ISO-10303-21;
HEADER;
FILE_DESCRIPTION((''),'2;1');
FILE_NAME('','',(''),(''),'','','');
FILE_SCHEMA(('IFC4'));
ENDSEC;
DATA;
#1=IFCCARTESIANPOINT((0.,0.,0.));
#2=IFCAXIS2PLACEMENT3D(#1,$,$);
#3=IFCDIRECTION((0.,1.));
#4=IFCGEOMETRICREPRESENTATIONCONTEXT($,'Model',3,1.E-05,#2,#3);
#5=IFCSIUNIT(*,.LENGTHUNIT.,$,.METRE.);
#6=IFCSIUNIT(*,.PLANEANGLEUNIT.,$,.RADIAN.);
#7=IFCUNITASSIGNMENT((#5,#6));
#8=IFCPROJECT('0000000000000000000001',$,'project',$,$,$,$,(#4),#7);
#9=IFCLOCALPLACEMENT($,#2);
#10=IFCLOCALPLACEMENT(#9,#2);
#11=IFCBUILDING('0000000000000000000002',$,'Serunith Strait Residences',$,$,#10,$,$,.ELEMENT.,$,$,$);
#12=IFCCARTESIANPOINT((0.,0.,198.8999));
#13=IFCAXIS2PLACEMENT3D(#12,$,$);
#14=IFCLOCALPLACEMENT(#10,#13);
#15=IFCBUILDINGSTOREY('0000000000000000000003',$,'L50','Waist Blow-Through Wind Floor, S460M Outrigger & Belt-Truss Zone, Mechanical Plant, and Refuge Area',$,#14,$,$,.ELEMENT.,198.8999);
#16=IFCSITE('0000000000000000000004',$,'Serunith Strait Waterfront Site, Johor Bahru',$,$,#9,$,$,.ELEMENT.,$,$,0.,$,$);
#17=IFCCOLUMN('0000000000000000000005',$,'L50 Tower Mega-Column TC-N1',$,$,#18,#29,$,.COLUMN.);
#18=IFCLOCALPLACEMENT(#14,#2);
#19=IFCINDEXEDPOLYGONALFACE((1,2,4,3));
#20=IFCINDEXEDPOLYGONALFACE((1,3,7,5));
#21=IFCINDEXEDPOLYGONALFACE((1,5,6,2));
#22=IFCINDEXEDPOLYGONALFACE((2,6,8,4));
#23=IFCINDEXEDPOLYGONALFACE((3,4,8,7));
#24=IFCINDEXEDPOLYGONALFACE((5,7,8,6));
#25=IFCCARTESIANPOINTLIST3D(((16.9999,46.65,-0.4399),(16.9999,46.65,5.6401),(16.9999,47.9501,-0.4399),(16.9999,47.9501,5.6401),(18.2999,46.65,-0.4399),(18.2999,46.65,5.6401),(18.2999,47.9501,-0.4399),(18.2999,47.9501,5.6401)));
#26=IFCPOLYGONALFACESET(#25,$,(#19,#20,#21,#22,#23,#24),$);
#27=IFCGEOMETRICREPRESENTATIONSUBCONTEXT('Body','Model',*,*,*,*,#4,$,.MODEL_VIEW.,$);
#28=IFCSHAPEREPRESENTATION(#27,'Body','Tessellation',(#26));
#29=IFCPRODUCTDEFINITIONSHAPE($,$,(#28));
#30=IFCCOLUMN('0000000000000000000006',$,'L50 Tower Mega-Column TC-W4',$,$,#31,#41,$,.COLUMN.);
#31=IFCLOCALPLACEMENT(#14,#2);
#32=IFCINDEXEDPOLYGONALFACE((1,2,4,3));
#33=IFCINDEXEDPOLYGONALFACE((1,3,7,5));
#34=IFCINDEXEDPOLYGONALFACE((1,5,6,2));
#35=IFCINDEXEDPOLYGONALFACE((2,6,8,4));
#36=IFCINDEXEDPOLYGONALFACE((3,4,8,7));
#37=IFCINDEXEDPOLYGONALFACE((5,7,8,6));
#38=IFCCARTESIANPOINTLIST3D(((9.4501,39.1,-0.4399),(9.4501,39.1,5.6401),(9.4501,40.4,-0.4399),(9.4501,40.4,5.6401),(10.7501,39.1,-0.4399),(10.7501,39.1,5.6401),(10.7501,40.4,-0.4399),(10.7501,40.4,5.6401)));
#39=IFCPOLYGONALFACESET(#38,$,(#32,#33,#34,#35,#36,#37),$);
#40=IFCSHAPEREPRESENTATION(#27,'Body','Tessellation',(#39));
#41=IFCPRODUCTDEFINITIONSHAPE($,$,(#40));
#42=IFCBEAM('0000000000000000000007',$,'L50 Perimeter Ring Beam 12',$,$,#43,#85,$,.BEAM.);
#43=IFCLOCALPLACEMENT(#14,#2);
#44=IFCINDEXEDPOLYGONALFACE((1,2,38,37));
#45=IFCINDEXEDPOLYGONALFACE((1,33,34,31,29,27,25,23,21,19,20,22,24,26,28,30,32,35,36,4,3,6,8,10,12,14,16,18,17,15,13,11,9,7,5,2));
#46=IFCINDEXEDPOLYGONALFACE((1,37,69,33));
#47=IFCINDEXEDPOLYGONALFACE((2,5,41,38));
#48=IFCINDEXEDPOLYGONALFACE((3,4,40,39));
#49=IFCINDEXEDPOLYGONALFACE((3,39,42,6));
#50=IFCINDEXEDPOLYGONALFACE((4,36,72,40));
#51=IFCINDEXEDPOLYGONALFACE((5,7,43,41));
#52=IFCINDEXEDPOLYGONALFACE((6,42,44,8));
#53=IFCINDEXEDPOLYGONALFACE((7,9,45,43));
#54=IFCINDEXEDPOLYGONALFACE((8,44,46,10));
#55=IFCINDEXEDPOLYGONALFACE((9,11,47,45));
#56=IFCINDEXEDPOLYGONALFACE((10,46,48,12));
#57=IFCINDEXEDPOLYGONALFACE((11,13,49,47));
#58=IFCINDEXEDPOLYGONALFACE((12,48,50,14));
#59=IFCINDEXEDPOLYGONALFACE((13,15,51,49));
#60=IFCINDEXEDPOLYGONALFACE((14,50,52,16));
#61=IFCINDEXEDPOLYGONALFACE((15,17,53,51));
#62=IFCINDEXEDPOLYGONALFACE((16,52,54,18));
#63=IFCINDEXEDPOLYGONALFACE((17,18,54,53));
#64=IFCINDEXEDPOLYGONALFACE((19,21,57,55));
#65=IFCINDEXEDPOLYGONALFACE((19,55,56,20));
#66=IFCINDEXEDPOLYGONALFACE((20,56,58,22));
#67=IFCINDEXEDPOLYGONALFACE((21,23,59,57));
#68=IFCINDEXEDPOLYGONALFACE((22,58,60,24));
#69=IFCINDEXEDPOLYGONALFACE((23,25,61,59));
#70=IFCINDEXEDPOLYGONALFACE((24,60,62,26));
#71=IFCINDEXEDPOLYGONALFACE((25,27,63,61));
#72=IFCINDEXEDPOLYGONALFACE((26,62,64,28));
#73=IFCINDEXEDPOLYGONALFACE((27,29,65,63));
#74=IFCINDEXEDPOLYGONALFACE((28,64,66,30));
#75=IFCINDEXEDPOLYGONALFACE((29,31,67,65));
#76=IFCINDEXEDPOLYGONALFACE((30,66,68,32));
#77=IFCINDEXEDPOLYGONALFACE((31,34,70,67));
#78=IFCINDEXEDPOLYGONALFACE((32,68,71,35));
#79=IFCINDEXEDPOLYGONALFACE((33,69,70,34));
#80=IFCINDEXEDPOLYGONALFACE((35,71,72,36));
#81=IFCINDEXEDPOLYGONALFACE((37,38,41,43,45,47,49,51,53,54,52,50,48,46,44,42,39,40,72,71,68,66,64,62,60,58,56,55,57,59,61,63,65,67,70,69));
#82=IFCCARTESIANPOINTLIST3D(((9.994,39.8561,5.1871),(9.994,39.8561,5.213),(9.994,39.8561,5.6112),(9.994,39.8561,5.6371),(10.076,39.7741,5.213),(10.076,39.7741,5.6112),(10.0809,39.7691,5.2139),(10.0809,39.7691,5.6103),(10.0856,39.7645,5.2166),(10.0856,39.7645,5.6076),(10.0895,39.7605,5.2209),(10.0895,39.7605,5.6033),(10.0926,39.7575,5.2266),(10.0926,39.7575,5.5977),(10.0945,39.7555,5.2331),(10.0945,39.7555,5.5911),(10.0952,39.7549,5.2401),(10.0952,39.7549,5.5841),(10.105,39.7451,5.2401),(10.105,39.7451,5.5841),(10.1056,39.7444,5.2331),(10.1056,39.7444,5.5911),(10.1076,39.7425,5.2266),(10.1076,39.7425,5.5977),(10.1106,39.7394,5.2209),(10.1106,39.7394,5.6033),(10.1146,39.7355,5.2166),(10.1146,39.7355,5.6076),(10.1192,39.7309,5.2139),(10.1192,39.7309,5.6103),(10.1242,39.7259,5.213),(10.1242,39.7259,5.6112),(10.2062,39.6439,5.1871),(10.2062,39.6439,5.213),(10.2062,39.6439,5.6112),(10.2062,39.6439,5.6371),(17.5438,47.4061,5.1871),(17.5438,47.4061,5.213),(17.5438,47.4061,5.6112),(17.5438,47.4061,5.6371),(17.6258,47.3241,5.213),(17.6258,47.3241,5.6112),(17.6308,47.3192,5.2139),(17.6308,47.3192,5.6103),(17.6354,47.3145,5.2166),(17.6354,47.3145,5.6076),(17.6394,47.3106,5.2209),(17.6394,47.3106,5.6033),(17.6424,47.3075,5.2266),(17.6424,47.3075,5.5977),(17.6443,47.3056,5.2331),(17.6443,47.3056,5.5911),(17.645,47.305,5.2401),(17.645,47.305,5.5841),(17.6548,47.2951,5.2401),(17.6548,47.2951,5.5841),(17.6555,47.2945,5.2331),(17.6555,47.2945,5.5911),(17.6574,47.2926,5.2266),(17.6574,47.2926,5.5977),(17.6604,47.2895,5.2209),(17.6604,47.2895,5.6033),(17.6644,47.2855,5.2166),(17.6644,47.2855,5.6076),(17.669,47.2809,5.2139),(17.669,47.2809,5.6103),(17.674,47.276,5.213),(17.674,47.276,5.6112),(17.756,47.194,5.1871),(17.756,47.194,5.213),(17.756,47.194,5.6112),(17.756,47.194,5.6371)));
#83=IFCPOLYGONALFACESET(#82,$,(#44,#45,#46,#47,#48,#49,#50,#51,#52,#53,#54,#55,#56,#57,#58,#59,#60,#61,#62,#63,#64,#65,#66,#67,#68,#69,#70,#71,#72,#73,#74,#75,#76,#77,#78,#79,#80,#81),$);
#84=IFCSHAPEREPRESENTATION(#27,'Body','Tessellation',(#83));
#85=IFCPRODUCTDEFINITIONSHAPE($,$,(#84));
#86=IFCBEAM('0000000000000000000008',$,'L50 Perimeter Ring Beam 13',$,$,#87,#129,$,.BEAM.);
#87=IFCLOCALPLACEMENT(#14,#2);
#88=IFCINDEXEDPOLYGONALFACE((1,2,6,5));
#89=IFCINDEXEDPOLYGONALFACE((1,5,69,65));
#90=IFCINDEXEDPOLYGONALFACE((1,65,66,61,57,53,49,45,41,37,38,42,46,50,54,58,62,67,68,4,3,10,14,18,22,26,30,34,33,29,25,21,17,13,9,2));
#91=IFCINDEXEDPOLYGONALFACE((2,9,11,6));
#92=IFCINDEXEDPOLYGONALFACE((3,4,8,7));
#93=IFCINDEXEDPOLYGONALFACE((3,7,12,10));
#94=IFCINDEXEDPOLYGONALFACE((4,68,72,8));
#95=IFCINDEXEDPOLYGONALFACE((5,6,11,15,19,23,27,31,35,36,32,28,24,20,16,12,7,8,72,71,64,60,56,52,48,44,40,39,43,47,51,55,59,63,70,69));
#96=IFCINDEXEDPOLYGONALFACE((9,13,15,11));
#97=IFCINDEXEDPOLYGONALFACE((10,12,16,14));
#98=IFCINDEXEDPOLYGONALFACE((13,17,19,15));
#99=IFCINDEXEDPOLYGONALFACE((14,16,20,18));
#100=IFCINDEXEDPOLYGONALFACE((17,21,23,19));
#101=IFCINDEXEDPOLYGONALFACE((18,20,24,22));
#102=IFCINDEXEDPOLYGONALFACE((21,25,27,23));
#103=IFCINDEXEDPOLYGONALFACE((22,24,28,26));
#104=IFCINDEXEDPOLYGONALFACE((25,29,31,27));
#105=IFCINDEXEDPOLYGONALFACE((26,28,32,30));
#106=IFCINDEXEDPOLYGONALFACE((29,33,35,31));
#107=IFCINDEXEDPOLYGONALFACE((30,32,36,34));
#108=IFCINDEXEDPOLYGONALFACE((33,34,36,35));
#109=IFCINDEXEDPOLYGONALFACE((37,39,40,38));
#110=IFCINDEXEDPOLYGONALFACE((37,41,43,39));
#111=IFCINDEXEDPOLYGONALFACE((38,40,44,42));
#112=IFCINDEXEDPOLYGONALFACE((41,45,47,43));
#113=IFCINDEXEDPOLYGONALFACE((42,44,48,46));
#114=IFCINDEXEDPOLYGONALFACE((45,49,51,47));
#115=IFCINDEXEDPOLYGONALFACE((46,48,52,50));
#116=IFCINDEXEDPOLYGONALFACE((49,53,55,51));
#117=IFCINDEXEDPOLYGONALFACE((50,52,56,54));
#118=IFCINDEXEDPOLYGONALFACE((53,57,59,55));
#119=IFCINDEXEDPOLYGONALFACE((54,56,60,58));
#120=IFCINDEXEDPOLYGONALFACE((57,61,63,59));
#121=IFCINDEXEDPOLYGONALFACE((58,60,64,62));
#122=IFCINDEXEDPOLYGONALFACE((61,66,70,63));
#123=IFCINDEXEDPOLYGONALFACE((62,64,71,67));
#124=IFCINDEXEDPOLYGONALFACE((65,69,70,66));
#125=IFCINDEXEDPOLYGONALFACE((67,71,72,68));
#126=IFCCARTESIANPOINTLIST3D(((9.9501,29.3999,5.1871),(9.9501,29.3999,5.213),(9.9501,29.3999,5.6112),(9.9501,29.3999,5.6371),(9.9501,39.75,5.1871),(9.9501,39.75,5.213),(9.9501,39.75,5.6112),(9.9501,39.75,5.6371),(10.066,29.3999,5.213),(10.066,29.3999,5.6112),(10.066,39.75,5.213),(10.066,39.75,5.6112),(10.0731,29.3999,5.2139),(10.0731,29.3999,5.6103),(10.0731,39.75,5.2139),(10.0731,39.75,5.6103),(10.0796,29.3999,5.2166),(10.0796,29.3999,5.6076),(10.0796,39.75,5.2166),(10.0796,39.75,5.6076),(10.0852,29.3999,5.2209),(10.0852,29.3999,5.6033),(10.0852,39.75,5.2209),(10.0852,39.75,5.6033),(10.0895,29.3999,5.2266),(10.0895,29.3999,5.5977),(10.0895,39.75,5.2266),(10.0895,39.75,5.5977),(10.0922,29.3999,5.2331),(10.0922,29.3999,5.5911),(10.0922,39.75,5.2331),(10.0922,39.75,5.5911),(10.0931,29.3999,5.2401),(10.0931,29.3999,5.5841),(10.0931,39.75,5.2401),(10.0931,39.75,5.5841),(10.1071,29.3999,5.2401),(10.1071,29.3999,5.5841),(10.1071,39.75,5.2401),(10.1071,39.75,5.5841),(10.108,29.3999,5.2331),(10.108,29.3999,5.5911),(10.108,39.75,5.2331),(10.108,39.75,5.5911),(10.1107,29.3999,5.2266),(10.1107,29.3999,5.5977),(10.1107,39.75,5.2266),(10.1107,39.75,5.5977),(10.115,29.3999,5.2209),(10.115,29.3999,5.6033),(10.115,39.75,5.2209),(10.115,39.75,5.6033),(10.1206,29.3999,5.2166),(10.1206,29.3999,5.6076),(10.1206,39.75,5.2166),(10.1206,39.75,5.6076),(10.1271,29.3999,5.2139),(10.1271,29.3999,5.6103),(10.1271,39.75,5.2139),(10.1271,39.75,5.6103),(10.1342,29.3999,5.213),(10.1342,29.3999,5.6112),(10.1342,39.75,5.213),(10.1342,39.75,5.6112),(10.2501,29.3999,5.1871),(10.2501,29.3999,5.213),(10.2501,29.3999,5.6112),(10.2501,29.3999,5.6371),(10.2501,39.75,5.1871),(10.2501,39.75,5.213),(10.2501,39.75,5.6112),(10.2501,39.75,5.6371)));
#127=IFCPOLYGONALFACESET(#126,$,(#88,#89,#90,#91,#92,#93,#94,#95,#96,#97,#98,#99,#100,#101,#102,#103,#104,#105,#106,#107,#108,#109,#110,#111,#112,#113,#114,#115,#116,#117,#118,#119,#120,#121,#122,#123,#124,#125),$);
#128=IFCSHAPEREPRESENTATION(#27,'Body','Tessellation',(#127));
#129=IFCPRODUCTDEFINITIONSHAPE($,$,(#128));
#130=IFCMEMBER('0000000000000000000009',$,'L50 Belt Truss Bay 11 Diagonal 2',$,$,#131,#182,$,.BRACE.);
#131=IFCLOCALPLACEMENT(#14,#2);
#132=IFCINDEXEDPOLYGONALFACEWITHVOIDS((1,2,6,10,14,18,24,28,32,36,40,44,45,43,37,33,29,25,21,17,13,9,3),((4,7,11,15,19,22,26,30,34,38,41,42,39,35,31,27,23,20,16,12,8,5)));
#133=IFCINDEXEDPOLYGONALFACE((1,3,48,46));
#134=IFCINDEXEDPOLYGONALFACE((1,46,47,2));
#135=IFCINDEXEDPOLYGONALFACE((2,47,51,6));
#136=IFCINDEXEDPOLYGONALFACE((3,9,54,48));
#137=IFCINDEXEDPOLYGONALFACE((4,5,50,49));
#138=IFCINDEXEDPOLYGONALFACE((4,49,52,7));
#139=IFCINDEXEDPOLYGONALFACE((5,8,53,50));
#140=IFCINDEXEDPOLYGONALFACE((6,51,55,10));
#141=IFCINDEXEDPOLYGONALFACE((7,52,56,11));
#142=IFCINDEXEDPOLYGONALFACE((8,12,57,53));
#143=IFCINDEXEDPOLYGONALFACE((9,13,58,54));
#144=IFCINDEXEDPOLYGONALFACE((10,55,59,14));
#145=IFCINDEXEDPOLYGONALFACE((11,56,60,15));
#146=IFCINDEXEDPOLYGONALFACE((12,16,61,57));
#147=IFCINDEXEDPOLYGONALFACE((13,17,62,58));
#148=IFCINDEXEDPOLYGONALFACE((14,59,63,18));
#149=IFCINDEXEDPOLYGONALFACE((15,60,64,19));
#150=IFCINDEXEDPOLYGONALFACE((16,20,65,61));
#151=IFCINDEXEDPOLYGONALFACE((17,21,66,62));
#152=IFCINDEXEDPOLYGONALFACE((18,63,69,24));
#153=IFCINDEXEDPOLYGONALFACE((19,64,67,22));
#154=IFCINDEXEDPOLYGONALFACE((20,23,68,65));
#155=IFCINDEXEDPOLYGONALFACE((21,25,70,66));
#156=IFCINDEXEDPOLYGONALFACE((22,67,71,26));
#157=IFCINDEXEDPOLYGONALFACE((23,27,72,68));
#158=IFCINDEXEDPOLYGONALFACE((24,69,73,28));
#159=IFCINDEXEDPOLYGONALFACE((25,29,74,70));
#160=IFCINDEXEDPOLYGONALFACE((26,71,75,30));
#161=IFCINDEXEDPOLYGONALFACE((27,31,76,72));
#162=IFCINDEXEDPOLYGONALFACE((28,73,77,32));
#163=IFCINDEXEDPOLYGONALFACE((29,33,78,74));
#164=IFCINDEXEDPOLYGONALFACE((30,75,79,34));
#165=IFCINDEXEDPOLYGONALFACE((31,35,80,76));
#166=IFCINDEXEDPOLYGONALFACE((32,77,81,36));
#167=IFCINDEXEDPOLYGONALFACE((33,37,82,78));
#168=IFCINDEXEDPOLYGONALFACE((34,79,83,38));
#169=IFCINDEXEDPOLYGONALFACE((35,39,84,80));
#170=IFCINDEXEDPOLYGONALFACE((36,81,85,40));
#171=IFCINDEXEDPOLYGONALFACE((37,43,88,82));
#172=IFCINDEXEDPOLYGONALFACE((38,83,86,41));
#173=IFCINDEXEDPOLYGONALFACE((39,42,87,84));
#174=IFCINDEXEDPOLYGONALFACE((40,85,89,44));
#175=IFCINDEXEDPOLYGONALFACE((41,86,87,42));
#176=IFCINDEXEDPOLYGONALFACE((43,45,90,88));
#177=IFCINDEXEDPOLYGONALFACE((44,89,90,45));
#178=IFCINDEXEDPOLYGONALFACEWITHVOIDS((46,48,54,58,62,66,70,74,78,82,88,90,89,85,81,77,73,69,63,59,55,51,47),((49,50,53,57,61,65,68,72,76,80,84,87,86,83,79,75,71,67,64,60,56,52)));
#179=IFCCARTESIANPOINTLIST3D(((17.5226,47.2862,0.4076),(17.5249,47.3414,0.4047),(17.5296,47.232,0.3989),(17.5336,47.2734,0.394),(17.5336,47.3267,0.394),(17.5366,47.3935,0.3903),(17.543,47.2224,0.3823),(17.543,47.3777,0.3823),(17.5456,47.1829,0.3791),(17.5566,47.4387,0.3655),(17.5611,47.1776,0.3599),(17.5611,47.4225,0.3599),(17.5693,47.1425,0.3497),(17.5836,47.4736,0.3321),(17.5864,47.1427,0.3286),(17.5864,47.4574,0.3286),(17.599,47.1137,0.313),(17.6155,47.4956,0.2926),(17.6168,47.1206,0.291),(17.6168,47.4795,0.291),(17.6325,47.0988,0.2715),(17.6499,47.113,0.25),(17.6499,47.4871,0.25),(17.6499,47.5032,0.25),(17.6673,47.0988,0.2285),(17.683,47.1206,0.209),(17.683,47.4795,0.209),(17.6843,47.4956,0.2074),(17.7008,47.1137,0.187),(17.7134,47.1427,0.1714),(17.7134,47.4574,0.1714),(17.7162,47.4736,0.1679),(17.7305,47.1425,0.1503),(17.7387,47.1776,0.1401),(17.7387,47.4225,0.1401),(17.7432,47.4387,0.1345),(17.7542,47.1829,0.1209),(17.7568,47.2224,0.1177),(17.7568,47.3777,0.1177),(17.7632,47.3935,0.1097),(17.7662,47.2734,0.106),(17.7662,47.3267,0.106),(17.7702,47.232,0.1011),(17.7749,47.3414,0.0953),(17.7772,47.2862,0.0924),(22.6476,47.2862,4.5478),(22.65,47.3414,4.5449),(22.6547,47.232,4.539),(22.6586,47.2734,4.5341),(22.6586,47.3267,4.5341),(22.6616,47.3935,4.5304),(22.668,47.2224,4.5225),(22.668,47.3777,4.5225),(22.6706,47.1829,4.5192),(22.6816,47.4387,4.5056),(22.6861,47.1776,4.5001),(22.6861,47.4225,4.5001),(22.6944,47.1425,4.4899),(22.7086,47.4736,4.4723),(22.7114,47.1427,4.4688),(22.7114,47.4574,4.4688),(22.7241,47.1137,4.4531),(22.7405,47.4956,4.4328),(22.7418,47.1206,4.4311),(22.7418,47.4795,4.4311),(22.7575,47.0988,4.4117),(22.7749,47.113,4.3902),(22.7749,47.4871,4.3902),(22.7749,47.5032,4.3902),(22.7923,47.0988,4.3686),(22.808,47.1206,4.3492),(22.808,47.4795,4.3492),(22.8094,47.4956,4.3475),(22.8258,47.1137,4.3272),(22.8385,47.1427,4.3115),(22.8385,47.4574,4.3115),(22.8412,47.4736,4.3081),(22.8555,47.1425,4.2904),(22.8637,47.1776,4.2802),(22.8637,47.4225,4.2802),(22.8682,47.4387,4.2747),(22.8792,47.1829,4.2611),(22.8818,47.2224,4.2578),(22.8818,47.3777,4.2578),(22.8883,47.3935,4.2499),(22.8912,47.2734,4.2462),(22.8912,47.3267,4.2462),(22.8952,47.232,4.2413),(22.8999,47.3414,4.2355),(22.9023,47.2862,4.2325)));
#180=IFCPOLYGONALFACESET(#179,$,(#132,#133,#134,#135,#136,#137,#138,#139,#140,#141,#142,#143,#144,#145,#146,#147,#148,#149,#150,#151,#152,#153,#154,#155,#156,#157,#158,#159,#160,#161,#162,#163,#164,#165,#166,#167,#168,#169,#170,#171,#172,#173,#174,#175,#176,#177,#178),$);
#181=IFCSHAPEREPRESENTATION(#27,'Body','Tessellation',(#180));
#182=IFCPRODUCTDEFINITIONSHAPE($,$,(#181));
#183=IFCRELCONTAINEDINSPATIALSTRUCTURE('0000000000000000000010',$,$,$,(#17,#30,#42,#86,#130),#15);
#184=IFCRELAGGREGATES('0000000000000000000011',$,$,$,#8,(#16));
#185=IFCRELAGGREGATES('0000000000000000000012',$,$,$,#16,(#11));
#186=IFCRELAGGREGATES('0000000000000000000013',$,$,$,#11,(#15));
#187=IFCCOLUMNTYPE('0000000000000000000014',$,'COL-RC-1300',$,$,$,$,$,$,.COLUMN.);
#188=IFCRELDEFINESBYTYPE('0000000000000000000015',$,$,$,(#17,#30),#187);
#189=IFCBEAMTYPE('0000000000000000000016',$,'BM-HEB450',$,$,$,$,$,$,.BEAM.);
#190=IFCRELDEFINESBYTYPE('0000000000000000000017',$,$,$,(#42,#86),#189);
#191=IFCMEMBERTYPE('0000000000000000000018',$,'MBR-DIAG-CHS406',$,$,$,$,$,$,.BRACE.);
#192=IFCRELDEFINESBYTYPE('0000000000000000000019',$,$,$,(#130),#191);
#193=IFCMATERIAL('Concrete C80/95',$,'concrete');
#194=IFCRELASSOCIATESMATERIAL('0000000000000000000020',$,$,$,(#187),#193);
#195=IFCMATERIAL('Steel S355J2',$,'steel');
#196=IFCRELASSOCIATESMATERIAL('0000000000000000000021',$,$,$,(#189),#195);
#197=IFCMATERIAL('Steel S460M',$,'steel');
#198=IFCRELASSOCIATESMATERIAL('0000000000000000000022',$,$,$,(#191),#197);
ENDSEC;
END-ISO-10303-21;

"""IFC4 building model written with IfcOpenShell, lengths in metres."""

from ifc_helpers import new_model, si_unit, direction, frame, origin, origin_2d, place, context, subcontext, project, spatial, rectangle, hollow_circle, i_section, extrude, source, transform, mapped, material, material_profile, profile_set, type_object, element, save


model = new_model("IFC4")

# Units and contexts
model_context = context("Model", 3, precision=1e-05, world=origin(), true_north=direction((0.0, 1.0)))
body_context = subcontext(model_context, "Body", "Model", "MODEL_VIEW")
ifc_project = project(units=[si_unit("LENGTHUNIT", "METRE"), si_unit("PLANEANGLEUNIT", "RADIAN")], contexts=[model_context])

# Site, building, storey
site_placement = place(None, origin())
site = spatial("IfcSite", under=ifc_project, at=site_placement, Name="Serunith Strait Waterfront Site, Johor Bahru", CompositionType="ELEMENT", RefElevation=0.0)
building_placement = place(site_placement, origin())
building = spatial("IfcBuilding", under=site, at=building_placement, Name="Serunith Strait Residences", CompositionType="ELEMENT")
storey_placement = place(building_placement, frame((0.0, 0.0, 198.8999)))
storey = spatial("IfcBuildingStorey", under=building, at=storey_placement, Name="L50", Description="Waist Blow-Through Wind Floor, S460M Outrigger & Belt-Truss Zone, Mechanical Plant, and Refuge Area", CompositionType="ELEMENT", Elevation=198.8999)

# Columns
ifc_material_1 = material(Name="Concrete C80/95", Category="concrete")
ifc_material_profile_1 = material_profile(ifc_material_1, rectangle(XDim=1.3, YDim=1.3, at=origin_2d()), Name="RC 1300x1300")
ifc_profile_set_1 = profile_set([ifc_material_profile_1], Name="Concrete C80/95")
column_type = type_object("IfcColumnType", Name="COL-RC-1300", PredefinedType="COLUMN", material=ifc_profile_set_1)
shared_shape_1 = source(origin(), body_context, "Body", "SweptSolid", [
    extrude(rectangle(XDim=1.3, YDim=1.3, at=origin_2d()), origin(), (0.0, 0.0, 1.0), 6.0801),
])
for number, where, z_axis, x_axis, name in (
    (1, (17.6499, 47.3, -0.4399), (0.0, 0.0, 1.0), (1.0, 0.0, 0.0), "L50 Tower Mega-Column TC-N1"),
    (2, (10.1001, 39.75, -0.4399), (0.0, 0.0, 1.0), (1.0, 0.0, 0.0), "L50 Tower Mega-Column TC-W4"),
):
    element("IfcColumn", number, at=place(storey_placement, frame(where, z_axis=z_axis, x_axis=x_axis)), inside=storey, type_object=column_type, Name=name, PredefinedType="COLUMN", context=body_context, shape_type="MappedRepresentation", body=[
        mapped(shared_shape_1, transform((0.0, 0.0, 0.0), scale=1.0)),
    ])

# Beams
ifc_material_2 = material(Name="Steel S355J2", Category="steel")
ifc_material_profile_2 = material_profile(ifc_material_2, i_section(OverallWidth=0.3, OverallDepth=0.45, WebThickness=0.0139, FlangeThickness=0.0259, FilletRadius=0.0271, at=origin_2d()), Name="HEB 450")
ifc_profile_set_2 = profile_set([ifc_material_profile_2], Name="Steel S355J2")
beam_type = type_object("IfcBeamType", Name="BM-HEB450", PredefinedType="BEAM", material=ifc_profile_set_2)
shared_shape_2 = source(origin(), body_context, "Body", "SweptSolid", [
    extrude(i_section(OverallWidth=0.3, OverallDepth=0.45, WebThickness=0.0139, FlangeThickness=0.0259, FilletRadius=0.0271, at=origin_2d()), origin(), (0.0, 0.0, 1.0), 10.6772),
])
beam_1_placement = place(storey_placement, frame((17.6499, 47.3, 5.4121), z_axis=(-0.707095, -0.707118, 0.0), x_axis=(0.707118, -0.707095, 0.0)))
element("IfcBeam", 3, at=beam_1_placement, inside=storey, type_object=beam_type, Name="L50 Perimeter Ring Beam 12", PredefinedType="BEAM", context=body_context, shape_type="MappedRepresentation", body=[
    mapped(shared_shape_2, transform((0.0, 0.0, 0.0), scale=1.0)),
])
shared_shape_3 = source(origin(), body_context, "Body", "SweptSolid", [
    extrude(i_section(OverallWidth=0.3, OverallDepth=0.45, WebThickness=0.0139, FlangeThickness=0.0259, FilletRadius=0.0271, at=origin_2d()), origin(), (0.0, 0.0, 1.0), 10.3501),
])
beam_2_placement = place(storey_placement, frame((10.1001, 39.75, 5.4121), z_axis=(0.0, -1.0, 0.0), x_axis=(1.0, 0.0, 0.0)))
element("IfcBeam", 4, at=beam_2_placement, inside=storey, type_object=beam_type, Name="L50 Perimeter Ring Beam 13", PredefinedType="BEAM", context=body_context, shape_type="MappedRepresentation", body=[
    mapped(shared_shape_3, transform((0.0, 0.0, 0.0), scale=1.0)),
])

# Member
ifc_material_3 = material(Name="Steel S460M", Category="steel")
ifc_material_profile_3 = material_profile(ifc_material_3, hollow_circle(Radius=0.2031, WallThickness=0.0161, at=origin_2d()), Name="CHS 406.4x16")
ifc_profile_set_3 = profile_set([ifc_material_profile_3], Name="Steel S460M")
member_type_1 = type_object("IfcMemberType", Name="MBR-DIAG-CHS406", PredefinedType="BRACE", material=ifc_profile_set_3)
shared_shape_4 = source(origin(), body_context, "Body", "SweptSolid", [
    extrude(hollow_circle(Radius=0.2031, WallThickness=0.0161, at=origin_2d()), origin(), (0.0, 0.0, 1.0), 6.5884),
])
member_1_placement = place(storey_placement, frame((17.6499, 47.3, 0.25), z_axis=(0.777888, 0.0, 0.628403), x_axis=(0.0, 1.0, 0.0)))
element("IfcMember", 5, at=member_1_placement, inside=storey, type_object=member_type_1, Name="L50 Belt Truss Bay 11 Diagonal 2", PredefinedType="BRACE", context=body_context, shape_type="MappedRepresentation", body=[
    mapped(shared_shape_4, transform((0.0, 0.0, 0.0), scale=1.0)),
])

save(model, "model.ifc")
